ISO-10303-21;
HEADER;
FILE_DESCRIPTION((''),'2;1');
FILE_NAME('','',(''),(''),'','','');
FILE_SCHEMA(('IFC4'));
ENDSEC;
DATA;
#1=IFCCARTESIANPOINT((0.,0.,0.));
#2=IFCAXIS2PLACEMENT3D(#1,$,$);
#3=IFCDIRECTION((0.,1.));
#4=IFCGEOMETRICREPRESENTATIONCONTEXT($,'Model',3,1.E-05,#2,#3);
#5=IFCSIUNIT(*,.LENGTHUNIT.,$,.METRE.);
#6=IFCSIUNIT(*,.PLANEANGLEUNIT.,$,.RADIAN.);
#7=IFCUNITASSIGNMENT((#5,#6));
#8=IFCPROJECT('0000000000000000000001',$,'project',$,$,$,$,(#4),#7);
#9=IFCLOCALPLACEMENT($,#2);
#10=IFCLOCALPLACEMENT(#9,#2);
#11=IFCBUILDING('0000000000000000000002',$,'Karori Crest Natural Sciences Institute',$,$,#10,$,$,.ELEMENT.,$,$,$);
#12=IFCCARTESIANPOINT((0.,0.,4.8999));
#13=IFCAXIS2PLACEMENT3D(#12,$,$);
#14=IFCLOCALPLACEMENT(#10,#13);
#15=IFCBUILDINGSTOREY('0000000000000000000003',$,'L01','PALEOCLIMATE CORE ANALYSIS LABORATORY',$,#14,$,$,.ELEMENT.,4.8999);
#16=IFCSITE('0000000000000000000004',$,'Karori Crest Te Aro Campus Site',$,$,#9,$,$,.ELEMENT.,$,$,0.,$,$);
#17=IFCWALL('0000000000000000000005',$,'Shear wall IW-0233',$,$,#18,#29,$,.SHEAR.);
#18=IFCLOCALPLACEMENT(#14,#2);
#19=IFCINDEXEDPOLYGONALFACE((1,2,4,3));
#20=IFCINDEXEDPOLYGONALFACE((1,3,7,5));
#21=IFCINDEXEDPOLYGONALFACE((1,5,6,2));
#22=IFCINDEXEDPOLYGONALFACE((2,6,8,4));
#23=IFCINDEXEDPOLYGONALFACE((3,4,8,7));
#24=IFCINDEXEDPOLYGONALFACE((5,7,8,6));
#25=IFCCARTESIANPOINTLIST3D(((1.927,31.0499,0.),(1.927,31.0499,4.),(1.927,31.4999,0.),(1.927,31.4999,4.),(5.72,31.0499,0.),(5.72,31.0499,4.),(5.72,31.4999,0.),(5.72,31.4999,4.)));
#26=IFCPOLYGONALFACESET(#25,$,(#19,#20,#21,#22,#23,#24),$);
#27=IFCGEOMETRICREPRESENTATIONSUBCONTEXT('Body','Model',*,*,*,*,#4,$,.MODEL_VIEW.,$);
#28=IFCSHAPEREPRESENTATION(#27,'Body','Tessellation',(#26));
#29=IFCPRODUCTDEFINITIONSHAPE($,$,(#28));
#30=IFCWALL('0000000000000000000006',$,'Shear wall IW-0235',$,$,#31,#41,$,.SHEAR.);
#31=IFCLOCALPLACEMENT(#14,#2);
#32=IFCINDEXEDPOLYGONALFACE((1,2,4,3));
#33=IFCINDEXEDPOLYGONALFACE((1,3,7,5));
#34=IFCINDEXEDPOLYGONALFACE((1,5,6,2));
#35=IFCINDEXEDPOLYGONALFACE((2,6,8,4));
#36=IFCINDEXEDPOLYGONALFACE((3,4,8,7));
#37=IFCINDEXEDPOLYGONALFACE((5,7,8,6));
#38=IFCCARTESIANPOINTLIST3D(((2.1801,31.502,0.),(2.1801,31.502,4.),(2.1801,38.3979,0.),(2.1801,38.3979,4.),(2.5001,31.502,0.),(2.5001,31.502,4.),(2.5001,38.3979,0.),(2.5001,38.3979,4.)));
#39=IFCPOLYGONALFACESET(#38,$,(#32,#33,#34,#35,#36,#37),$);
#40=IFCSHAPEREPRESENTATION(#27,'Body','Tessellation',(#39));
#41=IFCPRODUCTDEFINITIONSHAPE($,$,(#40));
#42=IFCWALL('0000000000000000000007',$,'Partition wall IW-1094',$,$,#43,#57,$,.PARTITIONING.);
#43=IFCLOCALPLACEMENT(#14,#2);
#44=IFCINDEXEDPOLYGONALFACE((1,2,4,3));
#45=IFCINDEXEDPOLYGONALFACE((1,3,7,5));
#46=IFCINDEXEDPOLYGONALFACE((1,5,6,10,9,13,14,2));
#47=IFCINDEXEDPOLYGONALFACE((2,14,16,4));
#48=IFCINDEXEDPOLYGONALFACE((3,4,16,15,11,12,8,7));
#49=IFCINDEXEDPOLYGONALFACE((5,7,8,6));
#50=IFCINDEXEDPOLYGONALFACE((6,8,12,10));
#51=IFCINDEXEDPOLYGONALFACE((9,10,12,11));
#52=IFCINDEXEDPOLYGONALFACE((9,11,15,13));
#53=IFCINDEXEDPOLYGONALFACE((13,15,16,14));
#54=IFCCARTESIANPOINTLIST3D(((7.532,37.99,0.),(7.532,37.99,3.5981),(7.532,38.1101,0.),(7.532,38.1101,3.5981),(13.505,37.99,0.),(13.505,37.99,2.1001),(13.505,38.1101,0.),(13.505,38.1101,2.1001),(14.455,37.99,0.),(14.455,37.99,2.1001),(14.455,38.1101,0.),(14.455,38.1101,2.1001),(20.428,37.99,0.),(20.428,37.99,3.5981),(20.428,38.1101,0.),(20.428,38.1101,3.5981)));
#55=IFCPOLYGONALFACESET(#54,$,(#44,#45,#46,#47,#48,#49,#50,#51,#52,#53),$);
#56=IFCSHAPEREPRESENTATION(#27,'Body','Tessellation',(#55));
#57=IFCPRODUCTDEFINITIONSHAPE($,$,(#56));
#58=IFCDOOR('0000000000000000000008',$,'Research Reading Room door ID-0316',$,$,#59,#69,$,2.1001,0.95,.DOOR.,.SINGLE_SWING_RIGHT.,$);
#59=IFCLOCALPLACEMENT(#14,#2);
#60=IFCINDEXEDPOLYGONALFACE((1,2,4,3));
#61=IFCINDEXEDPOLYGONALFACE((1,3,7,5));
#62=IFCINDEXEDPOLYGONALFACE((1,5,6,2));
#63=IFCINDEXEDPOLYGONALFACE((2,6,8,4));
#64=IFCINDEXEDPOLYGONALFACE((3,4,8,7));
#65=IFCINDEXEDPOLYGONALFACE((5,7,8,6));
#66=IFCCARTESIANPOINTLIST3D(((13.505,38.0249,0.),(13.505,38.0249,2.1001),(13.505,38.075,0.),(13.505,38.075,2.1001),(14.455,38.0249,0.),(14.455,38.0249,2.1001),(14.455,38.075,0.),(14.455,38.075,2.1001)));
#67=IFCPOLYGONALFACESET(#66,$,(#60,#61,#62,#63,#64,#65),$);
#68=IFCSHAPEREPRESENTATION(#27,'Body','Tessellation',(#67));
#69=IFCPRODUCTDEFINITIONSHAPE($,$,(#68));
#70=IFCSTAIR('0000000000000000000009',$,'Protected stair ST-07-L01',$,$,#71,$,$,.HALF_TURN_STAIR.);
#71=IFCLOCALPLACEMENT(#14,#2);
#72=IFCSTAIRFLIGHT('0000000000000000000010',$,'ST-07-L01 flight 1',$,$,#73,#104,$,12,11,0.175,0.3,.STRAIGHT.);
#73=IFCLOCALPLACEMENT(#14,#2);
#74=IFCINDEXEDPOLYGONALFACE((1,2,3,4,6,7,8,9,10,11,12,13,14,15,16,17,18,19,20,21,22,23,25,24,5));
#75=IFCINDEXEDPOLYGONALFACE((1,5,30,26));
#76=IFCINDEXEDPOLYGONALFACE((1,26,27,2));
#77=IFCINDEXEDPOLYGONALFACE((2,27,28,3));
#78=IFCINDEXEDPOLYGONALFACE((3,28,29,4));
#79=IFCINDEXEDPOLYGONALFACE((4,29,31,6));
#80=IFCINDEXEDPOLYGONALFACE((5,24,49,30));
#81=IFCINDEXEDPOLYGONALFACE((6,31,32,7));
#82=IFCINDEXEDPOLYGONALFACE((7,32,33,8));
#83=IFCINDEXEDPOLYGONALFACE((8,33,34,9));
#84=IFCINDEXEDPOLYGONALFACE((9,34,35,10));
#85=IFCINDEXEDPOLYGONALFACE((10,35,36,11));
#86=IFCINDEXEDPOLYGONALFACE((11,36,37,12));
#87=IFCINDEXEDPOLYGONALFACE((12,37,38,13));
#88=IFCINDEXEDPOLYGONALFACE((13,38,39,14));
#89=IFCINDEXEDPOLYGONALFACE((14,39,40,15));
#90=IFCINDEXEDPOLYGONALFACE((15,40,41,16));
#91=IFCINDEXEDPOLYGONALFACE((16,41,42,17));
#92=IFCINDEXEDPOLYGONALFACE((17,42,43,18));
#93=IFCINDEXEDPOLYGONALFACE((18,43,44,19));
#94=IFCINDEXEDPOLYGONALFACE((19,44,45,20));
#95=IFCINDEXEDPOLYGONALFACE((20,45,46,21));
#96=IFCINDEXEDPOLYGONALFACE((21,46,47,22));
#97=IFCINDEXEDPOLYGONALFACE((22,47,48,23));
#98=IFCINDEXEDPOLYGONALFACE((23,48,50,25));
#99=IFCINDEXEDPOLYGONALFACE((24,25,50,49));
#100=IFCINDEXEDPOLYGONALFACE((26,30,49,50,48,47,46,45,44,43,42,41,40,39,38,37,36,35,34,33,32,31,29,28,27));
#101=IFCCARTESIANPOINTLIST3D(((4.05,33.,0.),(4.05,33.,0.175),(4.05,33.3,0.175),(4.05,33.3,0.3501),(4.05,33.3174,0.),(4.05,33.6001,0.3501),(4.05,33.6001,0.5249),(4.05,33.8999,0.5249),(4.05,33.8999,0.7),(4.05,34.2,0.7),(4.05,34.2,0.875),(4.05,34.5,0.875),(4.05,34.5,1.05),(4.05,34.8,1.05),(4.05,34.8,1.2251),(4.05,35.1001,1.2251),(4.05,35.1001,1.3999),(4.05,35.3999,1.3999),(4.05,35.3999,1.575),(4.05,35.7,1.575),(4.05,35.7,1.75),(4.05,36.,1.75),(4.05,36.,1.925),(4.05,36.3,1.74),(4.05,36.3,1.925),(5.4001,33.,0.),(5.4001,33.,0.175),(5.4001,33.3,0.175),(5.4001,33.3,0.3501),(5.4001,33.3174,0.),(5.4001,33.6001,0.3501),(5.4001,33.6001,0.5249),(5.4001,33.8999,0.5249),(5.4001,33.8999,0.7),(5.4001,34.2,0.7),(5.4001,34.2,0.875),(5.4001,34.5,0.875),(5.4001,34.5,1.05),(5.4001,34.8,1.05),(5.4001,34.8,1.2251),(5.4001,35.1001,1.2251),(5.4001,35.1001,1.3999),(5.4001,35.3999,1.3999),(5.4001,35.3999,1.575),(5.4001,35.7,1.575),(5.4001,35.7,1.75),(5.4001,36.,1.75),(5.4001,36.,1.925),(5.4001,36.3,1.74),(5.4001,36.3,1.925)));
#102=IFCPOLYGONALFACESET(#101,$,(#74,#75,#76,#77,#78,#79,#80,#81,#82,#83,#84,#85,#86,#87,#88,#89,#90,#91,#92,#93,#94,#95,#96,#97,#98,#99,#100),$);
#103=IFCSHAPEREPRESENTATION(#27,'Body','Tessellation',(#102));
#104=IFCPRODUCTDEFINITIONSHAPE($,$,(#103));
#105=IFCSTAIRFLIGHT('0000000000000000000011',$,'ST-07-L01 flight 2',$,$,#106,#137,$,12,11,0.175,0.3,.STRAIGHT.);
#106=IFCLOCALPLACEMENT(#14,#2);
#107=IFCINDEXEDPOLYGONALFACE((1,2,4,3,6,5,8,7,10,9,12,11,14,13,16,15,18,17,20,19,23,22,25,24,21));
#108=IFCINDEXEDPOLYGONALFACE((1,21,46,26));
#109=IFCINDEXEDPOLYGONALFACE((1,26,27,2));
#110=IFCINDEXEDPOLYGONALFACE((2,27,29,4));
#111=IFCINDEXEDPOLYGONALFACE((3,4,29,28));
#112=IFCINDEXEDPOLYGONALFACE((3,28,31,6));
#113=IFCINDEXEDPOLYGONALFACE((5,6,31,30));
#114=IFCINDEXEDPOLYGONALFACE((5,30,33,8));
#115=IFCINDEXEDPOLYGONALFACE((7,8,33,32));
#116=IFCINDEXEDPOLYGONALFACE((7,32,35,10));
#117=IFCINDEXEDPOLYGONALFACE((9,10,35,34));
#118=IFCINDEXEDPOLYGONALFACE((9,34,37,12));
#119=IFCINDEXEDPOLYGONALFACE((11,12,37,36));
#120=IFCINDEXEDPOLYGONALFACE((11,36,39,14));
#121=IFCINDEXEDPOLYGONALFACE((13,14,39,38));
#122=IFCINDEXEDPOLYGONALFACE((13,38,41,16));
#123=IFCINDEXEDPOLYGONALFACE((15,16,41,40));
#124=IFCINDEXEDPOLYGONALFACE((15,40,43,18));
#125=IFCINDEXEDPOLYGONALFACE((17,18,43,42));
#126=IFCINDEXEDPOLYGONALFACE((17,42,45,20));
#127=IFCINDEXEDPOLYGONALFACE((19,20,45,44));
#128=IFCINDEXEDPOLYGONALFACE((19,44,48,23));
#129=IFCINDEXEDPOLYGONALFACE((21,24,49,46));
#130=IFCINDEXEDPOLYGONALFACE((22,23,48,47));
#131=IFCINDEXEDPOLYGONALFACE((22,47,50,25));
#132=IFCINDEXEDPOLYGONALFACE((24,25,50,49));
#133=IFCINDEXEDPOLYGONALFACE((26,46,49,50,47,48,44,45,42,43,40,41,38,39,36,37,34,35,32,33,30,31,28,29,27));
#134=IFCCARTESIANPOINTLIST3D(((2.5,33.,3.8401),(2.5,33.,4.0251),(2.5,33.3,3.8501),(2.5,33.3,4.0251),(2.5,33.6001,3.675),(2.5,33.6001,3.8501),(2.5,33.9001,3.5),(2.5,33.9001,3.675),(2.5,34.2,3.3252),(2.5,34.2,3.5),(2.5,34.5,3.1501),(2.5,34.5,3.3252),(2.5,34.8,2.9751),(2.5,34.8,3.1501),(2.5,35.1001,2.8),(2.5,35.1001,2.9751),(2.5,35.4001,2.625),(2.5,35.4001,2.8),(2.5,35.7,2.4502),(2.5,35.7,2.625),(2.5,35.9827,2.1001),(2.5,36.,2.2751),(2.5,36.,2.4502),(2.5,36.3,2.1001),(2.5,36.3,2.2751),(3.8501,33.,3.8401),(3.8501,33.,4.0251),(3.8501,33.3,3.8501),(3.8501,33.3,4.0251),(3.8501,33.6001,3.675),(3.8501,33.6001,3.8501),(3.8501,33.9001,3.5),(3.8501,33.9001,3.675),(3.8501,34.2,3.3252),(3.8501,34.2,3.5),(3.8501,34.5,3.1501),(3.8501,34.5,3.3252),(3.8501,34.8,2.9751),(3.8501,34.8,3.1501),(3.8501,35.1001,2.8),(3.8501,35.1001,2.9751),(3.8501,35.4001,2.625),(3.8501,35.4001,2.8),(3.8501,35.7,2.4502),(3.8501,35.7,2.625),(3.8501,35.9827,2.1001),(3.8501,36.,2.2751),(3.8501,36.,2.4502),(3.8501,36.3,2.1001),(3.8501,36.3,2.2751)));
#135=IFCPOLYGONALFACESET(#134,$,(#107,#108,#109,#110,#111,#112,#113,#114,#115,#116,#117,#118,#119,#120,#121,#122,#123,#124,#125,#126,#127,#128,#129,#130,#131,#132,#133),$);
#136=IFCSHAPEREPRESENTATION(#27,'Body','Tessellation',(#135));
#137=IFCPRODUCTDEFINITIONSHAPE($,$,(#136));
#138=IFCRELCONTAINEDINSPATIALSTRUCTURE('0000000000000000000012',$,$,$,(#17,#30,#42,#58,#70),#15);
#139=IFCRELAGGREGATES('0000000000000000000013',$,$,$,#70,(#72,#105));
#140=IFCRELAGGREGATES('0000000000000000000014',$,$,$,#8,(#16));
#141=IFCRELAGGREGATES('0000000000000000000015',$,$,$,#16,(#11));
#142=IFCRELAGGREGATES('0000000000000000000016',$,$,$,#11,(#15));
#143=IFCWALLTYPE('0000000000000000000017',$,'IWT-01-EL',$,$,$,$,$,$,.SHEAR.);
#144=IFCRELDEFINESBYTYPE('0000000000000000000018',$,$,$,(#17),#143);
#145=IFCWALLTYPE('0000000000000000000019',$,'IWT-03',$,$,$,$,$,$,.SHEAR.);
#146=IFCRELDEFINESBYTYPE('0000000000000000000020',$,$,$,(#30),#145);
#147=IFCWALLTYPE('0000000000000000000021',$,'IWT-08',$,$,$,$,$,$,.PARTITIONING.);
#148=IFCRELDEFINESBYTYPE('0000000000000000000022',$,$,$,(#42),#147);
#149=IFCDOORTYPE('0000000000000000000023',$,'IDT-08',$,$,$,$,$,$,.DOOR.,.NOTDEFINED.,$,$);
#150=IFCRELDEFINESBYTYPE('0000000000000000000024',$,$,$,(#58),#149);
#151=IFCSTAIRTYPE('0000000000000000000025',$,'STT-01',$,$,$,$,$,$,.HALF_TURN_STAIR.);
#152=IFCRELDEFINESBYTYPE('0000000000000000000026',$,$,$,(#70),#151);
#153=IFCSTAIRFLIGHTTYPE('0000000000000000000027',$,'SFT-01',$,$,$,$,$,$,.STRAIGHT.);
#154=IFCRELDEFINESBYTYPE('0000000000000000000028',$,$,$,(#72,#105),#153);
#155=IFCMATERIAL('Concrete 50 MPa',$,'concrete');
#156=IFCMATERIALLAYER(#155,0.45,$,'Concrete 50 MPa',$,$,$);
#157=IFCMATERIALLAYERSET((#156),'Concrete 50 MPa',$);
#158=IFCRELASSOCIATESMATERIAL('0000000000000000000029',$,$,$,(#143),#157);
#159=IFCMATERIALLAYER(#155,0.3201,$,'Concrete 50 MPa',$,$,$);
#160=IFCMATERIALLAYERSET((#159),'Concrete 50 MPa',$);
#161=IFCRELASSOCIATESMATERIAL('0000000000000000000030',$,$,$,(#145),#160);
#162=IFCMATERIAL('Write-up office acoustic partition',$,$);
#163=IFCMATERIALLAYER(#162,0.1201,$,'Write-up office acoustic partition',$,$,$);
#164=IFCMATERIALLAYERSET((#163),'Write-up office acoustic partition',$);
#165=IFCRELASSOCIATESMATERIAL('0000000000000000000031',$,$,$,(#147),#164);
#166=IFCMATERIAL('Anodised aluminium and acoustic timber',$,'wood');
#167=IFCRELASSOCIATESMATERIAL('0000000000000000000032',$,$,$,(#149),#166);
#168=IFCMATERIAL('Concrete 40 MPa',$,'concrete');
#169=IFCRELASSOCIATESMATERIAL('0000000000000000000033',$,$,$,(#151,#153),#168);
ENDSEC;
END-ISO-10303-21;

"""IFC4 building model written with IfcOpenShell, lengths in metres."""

from ifc_helpers import new_model, si_unit, direction, frame, frame_2d, origin, place, context, subcontext, project, spatial, polyline, rectangle, outline, extrude, material, layer, layer_set, type_object, element, fill, aggregate, save


model = new_model("IFC4")

# Units and contexts
model_context = context("Model", 3, precision=1e-05, world=origin(), true_north=direction((0.0, 1.0)))
body_context = subcontext(model_context, "Body", "Model", "MODEL_VIEW")
ifc_project = project(units=[si_unit("LENGTHUNIT", "METRE"), si_unit("PLANEANGLEUNIT", "RADIAN")], contexts=[model_context])

# Site, building, storey
site_placement = place(None, origin())
site = spatial("IfcSite", under=ifc_project, at=site_placement, Name="Karori Crest Te Aro Campus Site", CompositionType="ELEMENT", RefElevation=0.0)
building_placement = place(site_placement, origin())
building = spatial("IfcBuilding", under=site, at=building_placement, Name="Karori Crest Natural Sciences Institute", CompositionType="ELEMENT")
storey_placement = place(building_placement, frame((0.0, 0.0, 4.8999)))
storey = spatial("IfcBuildingStorey", under=building, at=storey_placement, Name="L01", Description="PALEOCLIMATE CORE ANALYSIS LABORATORY", CompositionType="ELEMENT", Elevation=4.8999)

# Walls
ifc_material_1 = material(Name="Concrete 50 MPa", Category="concrete")
ifc_layer_1 = layer(ifc_material_1, 0.45, Name="Concrete 50 MPa")
ifc_layer_set_1 = layer_set([ifc_layer_1], Name="Concrete 50 MPa")
wall_type_1 = type_object("IfcWallType", Name="IWT-01-EL", PredefinedType="SHEAR", material=ifc_layer_set_1)
wall_1_placement = place(storey_placement, frame((1.927, 31.2749, 0.0), z_axis=(0.0, 0.0, 1.0), x_axis=(1.0, 0.0, 0.0)))
element("IfcWall", 1, at=wall_1_placement, inside=storey, type_object=wall_type_1, Name="Shear wall IW-0233", PredefinedType="SHEAR", context=body_context, shape_type="SweptSolid", body=[
    extrude(rectangle(XDim=3.793, YDim=0.45, at=frame_2d((1.8965, 0.0))), origin(), (0.0, 0.0, 1.0), 4.0),
])
ifc_layer_2 = layer(ifc_material_1, 0.3201, Name="Concrete 50 MPa")
ifc_layer_set_2 = layer_set([ifc_layer_2], Name="Concrete 50 MPa")
wall_type_2 = type_object("IfcWallType", Name="IWT-03", PredefinedType="SHEAR", material=ifc_layer_set_2)
wall_2_placement = place(storey_placement, frame((2.3401, 31.502, 0.0), z_axis=(0.0, 0.0, 1.0), x_axis=(0.0, 1.0, 0.0)))
element("IfcWall", 2, at=wall_2_placement, inside=storey, type_object=wall_type_2, Name="Shear wall IW-0235", PredefinedType="SHEAR", context=body_context, shape_type="SweptSolid", body=[
    extrude(rectangle(XDim=6.896, YDim=0.3201, at=frame_2d((3.448, 0.0))), origin(), (0.0, 0.0, 1.0), 4.0),
])

# Wall, opening, door
ifc_material_2 = material(Name="Write-up office acoustic partition")
ifc_layer_3 = layer(ifc_material_2, 0.1201, Name="Write-up office acoustic partition")
ifc_layer_set_3 = layer_set([ifc_layer_3], Name="Write-up office acoustic partition")
wall_type_3 = type_object("IfcWallType", Name="IWT-08", PredefinedType="PARTITIONING", material=ifc_layer_set_3)
wall_3_placement = place(storey_placement, frame((7.532, 38.05, 0.0), z_axis=(0.0, 0.0, 1.0), x_axis=(1.0, 0.0, 0.0)))
wall_3 = element("IfcWall", 3, at=wall_3_placement, inside=storey, type_object=wall_type_3, Name="Partition wall IW-1094", PredefinedType="PARTITIONING", context=body_context, shape_type="SweptSolid", body=[
    extrude(rectangle(XDim=12.896, YDim=0.1201, at=frame_2d((6.448, 0.0))), origin(), (0.0, 0.0, 1.0), 3.5981),
])
opening_1_placement = place(wall_3_placement, frame((5.9729, 0.0, 0.0)))
opening_1 = element("IfcOpeningElement", 4, at=opening_1_placement, cuts=wall_3, PredefinedType="OPENING", context=body_context, shape_type="SweptSolid", body=[
    extrude(rectangle(XDim=0.95, YDim=2.1001, at=frame_2d((0.4751, 1.05))), frame((0.0, 0.0701, 0.0), z_axis=(0.0, -1.0, 0.0), x_axis=(1.0, 0.0, 0.0)), (0.0, 0.0, 1.0), 0.1401),
])
ifc_material_3 = material(Name="Anodised aluminium and acoustic timber", Category="wood")
door_type_1 = type_object("IfcDoorType", Name="IDT-08", OperationType="NOTDEFINED", PredefinedType="DOOR", material=ifc_material_3)
door_1_placement = place(opening_1_placement, origin())
door_1 = element("IfcDoor", 5, at=door_1_placement, inside=storey, type_object=door_type_1, Name="Research Reading Room door ID-0316", OperationType="SINGLE_SWING_RIGHT", OverallHeight=2.1001, OverallWidth=0.95, PredefinedType="DOOR", context=body_context, shape_type="SweptSolid", body=[
    extrude(rectangle(XDim=0.95, YDim=2.1001, at=frame_2d((0.4751, 1.05))), frame((0.0, 0.0249, 0.0), z_axis=(0.0, -1.0, 0.0), x_axis=(1.0, 0.0, 0.0)), (0.0, 0.0, 1.0), 0.05),
])
fill(opening_1, door_1)

# Stair, stair flights
ifc_material_4 = material(Name="Concrete 40 MPa", Category="concrete")
stair_type = type_object("IfcStairType", Name="STT-01", PredefinedType="HALF_TURN_STAIR", material=ifc_material_4)
stair_placement = place(storey_placement, origin())
stair = element("IfcStair", 6, at=stair_placement, inside=storey, type_object=stair_type, Name="Protected stair ST-07-L01", PredefinedType="HALF_TURN_STAIR")
stair_flight_type = type_object("IfcStairFlightType", Name="SFT-01", PredefinedType="STRAIGHT", material=ifc_material_4)
stair_flight_1_placement = place(storey_placement, frame((4.7251, 33.0, 0.0), z_axis=(0.0, 0.0, 1.0), x_axis=(0.0, 1.0, 0.0)))
stair_flight_1 = element("IfcStairFlight", 7, at=stair_flight_1_placement, type_object=stair_flight_type, Name="ST-07-L01 flight 1", NumberOfRisers=12, NumberOfTreads=11, PredefinedType="STRAIGHT", RiserHeight=0.175, TreadLength=0.3, context=body_context, shape_type="SweptSolid", body=[
    extrude(outline(polyline([(0.0, 0.0), (0.0, 0.175), (0.3, 0.175), (0.3, 0.3501), (0.6001, 0.3501), (0.6001, 0.5249), (0.8999, 0.5249), (0.8999, 0.7), (1.2, 0.7), (1.2, 0.875), (1.5, 0.875), (1.5, 1.05), (1.8, 1.05), (1.8, 1.2251), (2.1001, 1.2251), (2.1001, 1.3999), (2.3999, 1.3999), (2.3999, 1.575), (2.7, 1.575), (2.7, 1.75), (3.0, 1.75), (3.0, 1.925), (3.3, 1.925), (3.3, 2.1001), (3.3, 1.74), (0.3174, 0.0), (0.0, 0.0)])), frame((0.0, 0.675, 0.0), z_axis=(0.0, -1.0, 0.0), x_axis=(1.0, 0.0, 0.0)), (0.0, 0.0, 1.0), 1.3501),
])
stair_flight_2_placement = place(storey_placement, frame((3.175, 36.3, 2.1001), z_axis=(0.0, 0.0, 1.0), x_axis=(0.0, -1.0, 0.0)))
stair_flight_2 = element("IfcStairFlight", 8, at=stair_flight_2_placement, type_object=stair_flight_type, Name="ST-07-L01 flight 2", NumberOfRisers=12, NumberOfTreads=11, PredefinedType="STRAIGHT", RiserHeight=0.175, TreadLength=0.3, context=body_context, shape_type="SweptSolid", body=[
    extrude(outline(polyline([(0.0, 0.0), (0.0, 0.175), (0.3, 0.175), (0.3, 0.3501), (0.6001, 0.3501), (0.6001, 0.5249), (0.8999, 0.5249), (0.8999, 0.7), (1.2, 0.7), (1.2, 0.875), (1.5, 0.875), (1.5, 1.05), (1.8, 1.05), (1.8, 1.2251), (2.1001, 1.2251), (2.1001, 1.3999), (2.3999, 1.3999), (2.3999, 1.575), (2.7, 1.575), (2.7, 1.75), (3.0, 1.75), (3.0, 1.925), (3.3, 1.925), (3.3, 2.1001), (3.3, 1.74), (0.3174, 0.0), (0.0, 0.0)])), frame((0.0, 0.675, 0.0), z_axis=(0.0, -1.0, 0.0), x_axis=(1.0, 0.0, 0.0)), (0.0, 0.0, 1.0), 1.3501),
])
aggregate(stair, [stair_flight_1, stair_flight_2])

save(model, "model.ifc")
